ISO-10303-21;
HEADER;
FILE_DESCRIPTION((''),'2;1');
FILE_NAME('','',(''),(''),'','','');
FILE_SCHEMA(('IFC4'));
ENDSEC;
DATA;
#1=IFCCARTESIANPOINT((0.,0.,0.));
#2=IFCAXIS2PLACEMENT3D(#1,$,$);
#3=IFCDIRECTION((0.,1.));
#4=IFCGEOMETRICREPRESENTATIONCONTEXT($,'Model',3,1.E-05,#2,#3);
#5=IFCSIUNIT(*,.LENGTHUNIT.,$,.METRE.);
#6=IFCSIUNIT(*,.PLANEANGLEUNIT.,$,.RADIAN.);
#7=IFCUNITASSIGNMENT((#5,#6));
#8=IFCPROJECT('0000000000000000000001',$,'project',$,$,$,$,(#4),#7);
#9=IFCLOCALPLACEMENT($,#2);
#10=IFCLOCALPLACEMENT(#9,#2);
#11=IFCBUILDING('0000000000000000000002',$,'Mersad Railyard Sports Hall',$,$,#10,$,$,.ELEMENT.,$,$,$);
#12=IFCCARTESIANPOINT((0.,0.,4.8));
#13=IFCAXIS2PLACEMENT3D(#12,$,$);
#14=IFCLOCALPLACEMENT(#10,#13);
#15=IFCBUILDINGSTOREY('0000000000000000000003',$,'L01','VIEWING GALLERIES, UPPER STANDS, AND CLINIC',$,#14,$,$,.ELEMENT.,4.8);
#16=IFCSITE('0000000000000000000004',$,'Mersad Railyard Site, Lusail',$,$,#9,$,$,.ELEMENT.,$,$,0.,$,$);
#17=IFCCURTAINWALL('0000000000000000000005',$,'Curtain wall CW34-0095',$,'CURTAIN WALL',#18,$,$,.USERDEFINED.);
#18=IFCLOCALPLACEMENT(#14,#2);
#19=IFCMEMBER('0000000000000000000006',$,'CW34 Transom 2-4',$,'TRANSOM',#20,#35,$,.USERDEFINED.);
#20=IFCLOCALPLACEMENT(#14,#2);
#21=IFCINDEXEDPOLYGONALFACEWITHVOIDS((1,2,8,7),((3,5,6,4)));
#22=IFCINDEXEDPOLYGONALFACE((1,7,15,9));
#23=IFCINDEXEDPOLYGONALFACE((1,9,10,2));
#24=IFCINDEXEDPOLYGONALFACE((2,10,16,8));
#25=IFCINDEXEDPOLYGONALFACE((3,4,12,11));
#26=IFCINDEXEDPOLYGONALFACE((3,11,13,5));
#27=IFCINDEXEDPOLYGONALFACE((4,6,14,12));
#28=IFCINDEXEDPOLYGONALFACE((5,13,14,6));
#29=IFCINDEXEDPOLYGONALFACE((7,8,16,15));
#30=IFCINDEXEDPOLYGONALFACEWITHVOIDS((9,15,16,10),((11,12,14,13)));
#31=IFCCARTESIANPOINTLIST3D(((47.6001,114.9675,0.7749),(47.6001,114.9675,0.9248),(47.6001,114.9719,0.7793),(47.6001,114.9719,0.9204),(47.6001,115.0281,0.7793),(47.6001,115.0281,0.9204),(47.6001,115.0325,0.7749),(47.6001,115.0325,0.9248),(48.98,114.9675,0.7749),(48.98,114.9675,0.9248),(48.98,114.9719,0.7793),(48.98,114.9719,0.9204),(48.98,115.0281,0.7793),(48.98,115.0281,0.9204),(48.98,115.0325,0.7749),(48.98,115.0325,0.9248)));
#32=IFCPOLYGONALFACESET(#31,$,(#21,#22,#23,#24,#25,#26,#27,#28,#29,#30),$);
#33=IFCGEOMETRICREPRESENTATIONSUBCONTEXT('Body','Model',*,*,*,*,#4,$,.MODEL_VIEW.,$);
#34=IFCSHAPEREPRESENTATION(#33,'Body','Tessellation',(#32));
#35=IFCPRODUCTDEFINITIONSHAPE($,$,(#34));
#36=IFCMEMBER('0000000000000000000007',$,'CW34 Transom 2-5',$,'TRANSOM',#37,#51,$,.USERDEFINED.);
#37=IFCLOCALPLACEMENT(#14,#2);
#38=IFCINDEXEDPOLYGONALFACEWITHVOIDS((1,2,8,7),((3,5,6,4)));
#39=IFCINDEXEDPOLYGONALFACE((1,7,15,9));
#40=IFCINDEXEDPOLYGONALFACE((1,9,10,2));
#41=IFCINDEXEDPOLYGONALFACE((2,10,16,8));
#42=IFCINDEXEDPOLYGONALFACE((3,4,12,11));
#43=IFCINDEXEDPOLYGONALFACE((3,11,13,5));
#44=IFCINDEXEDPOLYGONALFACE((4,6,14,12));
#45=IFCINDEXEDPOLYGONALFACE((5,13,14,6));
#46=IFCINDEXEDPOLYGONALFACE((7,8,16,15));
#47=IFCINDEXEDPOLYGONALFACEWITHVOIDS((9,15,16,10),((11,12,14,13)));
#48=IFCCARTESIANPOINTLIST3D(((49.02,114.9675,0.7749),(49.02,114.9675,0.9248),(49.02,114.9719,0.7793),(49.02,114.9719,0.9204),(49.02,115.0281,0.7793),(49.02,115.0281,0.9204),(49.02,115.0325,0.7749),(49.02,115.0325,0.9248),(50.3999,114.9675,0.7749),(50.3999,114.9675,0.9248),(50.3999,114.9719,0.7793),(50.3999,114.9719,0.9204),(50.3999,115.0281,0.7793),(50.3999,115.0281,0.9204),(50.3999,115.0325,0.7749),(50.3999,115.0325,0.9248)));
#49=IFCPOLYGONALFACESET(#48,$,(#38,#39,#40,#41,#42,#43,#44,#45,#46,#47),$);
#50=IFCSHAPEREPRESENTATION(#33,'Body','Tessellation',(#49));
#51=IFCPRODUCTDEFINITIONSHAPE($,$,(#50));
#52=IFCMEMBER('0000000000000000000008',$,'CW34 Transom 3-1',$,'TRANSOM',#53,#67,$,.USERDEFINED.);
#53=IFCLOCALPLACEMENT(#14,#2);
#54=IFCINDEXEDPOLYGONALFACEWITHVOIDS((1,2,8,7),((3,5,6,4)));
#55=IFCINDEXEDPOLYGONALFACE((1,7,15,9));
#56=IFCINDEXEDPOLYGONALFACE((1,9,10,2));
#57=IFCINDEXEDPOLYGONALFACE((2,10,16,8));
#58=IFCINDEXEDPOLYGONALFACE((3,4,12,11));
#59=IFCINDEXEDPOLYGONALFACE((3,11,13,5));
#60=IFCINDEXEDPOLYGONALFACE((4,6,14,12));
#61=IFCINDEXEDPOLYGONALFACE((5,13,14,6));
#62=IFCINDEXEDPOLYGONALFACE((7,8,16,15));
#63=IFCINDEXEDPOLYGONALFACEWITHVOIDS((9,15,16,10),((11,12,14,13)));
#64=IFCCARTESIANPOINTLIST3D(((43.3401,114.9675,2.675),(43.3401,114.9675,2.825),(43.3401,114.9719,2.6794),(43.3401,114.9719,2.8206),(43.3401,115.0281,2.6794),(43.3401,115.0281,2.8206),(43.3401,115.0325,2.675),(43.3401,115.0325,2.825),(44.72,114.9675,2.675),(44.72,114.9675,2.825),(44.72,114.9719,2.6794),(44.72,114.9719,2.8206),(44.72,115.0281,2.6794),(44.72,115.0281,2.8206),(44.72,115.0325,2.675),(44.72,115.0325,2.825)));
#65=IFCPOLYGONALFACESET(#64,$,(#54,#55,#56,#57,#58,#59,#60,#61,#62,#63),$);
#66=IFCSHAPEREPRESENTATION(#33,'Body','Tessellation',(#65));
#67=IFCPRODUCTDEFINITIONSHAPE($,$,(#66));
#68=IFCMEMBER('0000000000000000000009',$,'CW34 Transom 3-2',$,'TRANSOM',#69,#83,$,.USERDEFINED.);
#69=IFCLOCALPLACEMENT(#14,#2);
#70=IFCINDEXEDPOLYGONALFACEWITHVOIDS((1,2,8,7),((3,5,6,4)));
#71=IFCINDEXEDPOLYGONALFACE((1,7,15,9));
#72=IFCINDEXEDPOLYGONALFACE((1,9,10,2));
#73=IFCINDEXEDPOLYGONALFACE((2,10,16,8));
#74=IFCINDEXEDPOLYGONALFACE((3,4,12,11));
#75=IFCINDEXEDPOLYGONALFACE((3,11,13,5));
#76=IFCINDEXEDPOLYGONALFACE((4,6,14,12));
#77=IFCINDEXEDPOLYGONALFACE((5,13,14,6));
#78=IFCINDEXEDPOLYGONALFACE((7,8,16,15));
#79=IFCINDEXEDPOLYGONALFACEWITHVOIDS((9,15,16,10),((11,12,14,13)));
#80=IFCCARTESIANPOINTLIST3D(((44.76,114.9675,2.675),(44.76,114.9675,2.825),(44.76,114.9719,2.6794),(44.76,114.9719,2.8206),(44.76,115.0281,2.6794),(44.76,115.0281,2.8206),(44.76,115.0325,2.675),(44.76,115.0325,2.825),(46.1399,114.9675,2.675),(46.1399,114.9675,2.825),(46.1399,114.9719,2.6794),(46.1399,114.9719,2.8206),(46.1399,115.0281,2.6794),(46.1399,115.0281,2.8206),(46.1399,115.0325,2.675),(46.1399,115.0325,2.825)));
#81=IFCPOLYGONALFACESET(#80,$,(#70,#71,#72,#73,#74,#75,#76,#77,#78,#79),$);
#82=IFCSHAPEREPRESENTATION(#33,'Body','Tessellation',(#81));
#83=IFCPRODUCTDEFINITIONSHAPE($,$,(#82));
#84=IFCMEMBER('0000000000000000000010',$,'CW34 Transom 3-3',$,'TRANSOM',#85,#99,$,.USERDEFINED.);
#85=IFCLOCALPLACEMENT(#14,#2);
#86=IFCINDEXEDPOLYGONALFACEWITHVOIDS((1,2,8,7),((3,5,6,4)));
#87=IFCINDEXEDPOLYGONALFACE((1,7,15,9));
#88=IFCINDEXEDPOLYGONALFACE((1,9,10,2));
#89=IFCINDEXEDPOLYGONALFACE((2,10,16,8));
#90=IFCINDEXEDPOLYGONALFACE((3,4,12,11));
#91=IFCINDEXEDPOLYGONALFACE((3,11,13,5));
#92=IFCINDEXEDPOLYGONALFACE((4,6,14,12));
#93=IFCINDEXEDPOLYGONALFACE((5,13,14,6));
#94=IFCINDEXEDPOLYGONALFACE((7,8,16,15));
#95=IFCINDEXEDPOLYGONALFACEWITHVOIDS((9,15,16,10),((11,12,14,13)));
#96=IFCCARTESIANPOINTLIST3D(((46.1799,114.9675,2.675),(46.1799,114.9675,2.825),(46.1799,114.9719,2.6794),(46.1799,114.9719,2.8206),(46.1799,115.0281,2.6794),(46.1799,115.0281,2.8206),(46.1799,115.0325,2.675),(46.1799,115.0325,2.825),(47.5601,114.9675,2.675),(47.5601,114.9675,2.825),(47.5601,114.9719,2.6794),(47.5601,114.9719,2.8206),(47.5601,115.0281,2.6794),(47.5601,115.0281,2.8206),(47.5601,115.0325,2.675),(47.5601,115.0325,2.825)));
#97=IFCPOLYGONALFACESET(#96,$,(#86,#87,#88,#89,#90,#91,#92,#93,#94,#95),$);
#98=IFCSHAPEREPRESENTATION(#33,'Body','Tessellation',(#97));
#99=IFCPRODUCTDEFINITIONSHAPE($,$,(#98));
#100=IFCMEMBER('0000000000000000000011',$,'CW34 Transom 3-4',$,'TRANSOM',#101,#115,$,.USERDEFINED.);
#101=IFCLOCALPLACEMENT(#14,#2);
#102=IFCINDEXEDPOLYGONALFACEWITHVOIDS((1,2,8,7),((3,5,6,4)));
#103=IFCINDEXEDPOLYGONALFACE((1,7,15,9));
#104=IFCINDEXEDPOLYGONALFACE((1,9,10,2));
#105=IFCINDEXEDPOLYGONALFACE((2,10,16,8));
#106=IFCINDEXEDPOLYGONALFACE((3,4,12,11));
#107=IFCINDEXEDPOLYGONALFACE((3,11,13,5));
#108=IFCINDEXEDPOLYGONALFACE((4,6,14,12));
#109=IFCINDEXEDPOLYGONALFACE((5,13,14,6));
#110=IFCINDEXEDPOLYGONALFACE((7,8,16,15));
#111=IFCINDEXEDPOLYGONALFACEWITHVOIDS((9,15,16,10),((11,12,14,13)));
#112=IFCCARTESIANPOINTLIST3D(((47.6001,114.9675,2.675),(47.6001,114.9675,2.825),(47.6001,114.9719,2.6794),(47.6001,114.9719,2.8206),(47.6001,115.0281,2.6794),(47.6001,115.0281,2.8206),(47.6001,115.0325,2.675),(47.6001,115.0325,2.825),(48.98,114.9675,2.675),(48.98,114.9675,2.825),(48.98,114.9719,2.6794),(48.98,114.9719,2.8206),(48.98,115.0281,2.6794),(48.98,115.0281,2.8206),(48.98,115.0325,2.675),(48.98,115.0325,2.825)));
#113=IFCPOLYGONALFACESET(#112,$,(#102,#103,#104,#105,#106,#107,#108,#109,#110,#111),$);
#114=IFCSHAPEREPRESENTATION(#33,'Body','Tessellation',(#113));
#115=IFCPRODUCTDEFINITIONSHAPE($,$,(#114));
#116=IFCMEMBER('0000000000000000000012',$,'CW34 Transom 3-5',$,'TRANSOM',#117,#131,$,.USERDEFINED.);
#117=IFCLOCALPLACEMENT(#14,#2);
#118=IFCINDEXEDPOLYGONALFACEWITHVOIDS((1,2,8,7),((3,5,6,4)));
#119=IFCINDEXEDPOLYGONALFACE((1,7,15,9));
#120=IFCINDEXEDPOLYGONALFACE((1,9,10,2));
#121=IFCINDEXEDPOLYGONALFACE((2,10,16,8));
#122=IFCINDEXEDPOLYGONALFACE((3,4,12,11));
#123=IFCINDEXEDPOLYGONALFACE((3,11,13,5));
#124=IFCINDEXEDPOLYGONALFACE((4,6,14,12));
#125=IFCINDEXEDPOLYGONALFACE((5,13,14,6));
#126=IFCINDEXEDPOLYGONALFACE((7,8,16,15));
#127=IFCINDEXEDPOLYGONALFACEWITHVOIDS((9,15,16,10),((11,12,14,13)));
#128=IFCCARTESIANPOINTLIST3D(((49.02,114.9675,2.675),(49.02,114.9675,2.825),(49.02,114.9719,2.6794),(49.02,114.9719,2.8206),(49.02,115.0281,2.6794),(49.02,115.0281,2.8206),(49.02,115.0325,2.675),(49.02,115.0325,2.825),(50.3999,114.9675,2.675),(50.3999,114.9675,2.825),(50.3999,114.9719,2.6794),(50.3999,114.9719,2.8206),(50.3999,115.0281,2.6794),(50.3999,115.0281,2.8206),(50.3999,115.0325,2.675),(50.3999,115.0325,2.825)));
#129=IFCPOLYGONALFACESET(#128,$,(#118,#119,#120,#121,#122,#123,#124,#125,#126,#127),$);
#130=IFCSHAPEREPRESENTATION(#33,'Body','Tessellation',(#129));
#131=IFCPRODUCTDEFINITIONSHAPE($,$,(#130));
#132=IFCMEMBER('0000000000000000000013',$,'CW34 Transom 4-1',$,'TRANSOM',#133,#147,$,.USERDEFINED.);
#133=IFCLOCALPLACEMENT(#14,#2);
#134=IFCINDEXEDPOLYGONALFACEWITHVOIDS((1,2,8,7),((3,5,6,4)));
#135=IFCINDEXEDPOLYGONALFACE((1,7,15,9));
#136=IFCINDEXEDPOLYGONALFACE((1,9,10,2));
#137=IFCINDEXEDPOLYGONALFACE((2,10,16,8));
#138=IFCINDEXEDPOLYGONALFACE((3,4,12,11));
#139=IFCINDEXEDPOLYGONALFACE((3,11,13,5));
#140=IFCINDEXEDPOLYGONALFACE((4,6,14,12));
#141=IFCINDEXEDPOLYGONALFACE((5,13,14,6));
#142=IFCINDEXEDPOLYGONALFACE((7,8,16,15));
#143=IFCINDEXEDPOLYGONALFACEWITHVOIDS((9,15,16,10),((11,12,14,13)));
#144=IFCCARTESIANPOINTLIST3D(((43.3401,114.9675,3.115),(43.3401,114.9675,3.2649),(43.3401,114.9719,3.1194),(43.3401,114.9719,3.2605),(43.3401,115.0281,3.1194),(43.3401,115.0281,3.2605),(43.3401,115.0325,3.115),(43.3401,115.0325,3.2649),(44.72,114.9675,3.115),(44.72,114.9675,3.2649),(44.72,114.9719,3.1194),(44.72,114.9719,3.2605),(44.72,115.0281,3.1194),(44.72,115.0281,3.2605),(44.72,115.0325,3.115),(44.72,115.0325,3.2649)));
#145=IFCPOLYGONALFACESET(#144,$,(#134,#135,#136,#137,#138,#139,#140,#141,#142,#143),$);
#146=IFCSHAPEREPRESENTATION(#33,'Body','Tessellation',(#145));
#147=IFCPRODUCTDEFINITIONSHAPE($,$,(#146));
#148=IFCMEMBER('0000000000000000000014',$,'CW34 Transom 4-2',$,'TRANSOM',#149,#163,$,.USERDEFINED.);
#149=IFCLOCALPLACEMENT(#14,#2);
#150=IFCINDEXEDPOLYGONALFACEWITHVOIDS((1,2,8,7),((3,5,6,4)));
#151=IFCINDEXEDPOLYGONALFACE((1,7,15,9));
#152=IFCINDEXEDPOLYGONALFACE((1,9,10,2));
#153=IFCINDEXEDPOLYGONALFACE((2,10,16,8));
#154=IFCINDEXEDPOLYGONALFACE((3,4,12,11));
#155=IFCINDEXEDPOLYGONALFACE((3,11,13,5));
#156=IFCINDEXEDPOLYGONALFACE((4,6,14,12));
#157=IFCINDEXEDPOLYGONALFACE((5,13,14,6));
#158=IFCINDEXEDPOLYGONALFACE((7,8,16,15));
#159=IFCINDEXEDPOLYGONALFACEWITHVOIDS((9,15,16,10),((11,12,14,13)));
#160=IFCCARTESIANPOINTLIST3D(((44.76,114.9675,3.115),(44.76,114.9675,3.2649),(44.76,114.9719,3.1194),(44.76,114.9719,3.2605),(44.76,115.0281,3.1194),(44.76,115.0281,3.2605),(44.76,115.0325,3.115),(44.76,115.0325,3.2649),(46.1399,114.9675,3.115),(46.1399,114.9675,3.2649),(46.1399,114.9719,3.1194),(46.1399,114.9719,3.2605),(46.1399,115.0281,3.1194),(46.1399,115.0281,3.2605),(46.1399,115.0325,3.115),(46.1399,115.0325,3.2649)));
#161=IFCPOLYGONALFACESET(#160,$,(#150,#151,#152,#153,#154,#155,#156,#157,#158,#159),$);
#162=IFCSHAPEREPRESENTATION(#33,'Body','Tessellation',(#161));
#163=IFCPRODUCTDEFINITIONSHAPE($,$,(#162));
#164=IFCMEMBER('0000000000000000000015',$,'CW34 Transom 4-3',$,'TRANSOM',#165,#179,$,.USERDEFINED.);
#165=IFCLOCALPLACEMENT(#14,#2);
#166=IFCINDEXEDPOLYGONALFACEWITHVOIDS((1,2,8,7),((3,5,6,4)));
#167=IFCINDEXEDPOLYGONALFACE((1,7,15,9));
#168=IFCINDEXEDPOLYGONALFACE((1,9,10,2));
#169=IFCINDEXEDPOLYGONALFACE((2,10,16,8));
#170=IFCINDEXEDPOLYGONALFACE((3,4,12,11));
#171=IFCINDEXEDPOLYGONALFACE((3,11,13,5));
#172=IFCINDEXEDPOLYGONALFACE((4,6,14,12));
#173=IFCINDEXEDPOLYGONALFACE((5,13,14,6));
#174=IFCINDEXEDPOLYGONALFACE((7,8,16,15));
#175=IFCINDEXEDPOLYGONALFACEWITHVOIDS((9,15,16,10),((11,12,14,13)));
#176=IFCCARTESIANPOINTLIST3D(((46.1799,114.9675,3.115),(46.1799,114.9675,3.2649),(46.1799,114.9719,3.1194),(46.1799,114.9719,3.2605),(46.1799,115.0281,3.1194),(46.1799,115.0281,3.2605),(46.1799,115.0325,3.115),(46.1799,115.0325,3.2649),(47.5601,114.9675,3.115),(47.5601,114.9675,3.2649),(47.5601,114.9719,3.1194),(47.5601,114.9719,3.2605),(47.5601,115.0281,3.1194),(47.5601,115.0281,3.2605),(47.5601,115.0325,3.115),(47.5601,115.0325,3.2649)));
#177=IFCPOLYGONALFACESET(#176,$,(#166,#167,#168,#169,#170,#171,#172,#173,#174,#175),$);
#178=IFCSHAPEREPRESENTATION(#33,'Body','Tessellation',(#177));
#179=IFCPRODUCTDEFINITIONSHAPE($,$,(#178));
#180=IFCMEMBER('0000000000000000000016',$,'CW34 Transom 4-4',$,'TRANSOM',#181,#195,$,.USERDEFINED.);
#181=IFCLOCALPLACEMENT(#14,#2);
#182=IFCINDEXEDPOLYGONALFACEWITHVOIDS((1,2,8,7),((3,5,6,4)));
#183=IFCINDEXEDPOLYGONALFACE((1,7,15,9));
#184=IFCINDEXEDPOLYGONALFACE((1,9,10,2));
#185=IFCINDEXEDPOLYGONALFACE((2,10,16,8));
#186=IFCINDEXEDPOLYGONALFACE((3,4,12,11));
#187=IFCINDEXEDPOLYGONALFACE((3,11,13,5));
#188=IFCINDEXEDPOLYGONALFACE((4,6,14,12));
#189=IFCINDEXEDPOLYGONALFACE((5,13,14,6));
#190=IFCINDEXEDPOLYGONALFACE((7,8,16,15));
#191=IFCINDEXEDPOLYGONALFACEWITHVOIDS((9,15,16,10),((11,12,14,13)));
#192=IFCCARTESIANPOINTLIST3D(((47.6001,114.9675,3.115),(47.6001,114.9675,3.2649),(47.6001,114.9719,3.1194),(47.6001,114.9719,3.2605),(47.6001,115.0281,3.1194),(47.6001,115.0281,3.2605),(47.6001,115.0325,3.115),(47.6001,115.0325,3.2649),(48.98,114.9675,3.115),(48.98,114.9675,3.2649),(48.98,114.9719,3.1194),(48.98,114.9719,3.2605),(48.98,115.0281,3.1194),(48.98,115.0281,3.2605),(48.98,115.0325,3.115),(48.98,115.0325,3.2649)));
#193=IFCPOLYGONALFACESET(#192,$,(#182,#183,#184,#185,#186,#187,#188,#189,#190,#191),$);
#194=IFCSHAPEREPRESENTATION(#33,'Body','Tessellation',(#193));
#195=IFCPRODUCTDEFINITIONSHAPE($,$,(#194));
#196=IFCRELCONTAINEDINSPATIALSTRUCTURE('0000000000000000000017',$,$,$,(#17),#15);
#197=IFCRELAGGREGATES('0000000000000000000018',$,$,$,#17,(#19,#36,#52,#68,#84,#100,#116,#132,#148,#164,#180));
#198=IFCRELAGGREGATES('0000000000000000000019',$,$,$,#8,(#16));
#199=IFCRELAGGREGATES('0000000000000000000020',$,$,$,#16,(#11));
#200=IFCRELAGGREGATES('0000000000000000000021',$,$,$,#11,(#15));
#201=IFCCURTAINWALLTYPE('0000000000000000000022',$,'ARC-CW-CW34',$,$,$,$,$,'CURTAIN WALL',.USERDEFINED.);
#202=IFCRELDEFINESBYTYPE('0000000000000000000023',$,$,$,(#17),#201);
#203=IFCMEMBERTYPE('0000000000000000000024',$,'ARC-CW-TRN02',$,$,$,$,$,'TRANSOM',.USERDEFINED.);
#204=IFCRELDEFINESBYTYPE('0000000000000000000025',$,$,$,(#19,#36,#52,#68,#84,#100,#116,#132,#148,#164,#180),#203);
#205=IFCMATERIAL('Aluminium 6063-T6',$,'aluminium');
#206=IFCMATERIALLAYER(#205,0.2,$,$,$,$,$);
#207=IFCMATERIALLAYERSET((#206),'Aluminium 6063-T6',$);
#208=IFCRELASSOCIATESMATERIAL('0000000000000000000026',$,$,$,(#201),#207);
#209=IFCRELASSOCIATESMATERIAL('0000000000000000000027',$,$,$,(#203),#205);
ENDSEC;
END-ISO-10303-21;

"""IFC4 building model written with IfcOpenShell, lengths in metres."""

from ifc_helpers import new_model, si_unit, direction, frame, origin, origin_2d, place, context, subcontext, project, spatial, hollow_rectangle, extrude, material, layer, layer_set, material_profile, profile_set, type_object, element, aggregate, save


model = new_model("IFC4")

# Units and contexts
model_context = context("Model", 3, precision=1e-05, world=origin(), true_north=direction((0.0, 1.0)))
body_context = subcontext(model_context, "Body", "Model", "MODEL_VIEW")
ifc_project = project(units=[si_unit("LENGTHUNIT", "METRE"), si_unit("PLANEANGLEUNIT", "RADIAN")], contexts=[model_context])

# Site, building, storey
site_placement = place(None, origin())
site = spatial("IfcSite", under=ifc_project, at=site_placement, Name="Mersad Railyard Site, Lusail", CompositionType="ELEMENT", RefElevation=0.0)
building_placement = place(site_placement, origin())
building = spatial("IfcBuilding", under=site, at=building_placement, Name="Mersad Railyard Sports Hall", CompositionType="ELEMENT")
storey_placement = place(building_placement, frame((0.0, 0.0, 4.8)))
storey = spatial("IfcBuildingStorey", under=building, at=storey_placement, Name="L01", Description="VIEWING GALLERIES, UPPER STANDS, AND CLINIC", CompositionType="ELEMENT", Elevation=4.8)

# Curtain wall, members
ifc_material_1 = material(Name="Aluminium 6063-T6", Category="aluminium")
ifc_layer_1 = layer(ifc_material_1, 0.2)
ifc_layer_set_1 = layer_set([ifc_layer_1], Name="Aluminium 6063-T6")
curtain_wall_type = type_object("IfcCurtainWallType", Name="ARC-CW-CW34", ElementType="CURTAIN WALL", PredefinedType="USERDEFINED", material=ifc_layer_set_1)
curtain_wall_placement = place(storey_placement, origin())
curtain_wall = element("IfcCurtainWall", 1, at=curtain_wall_placement, inside=storey, type_object=curtain_wall_type, Name="Curtain wall CW34-0095", ObjectType="CURTAIN WALL", PredefinedType="USERDEFINED")
ifc_material_profile_1 = material_profile(ifc_material_1, hollow_rectangle(XDim=0.0649, YDim=0.1499, WallThickness=0.0044, at=origin_2d()), Name="AL TRANSOM 65x150x4.5")
ifc_profile_set_1 = profile_set([ifc_material_profile_1], Name="Aluminium 6063-T6")
member_type_1 = type_object("IfcMemberType", Name="ARC-CW-TRN02", ElementType="TRANSOM", PredefinedType="USERDEFINED", material=ifc_profile_set_1)
member_1_placement = place(storey_placement, frame((47.6001, 115.0, 0.8499), z_axis=(1.0, 0.0, 0.0), x_axis=(0.0, 1.0, 0.0)))
member_1 = element("IfcMember", 2, at=member_1_placement, type_object=member_type_1, Name="CW34 Transom 2-4", ObjectType="TRANSOM", PredefinedType="USERDEFINED", context=body_context, shape_type="SweptSolid", body=[
    extrude(hollow_rectangle(XDim=0.0649, YDim=0.1499, WallThickness=0.0044, at=origin_2d()), origin(), (0.0, 0.0, 1.0), 1.3799),
])
member_2_placement = place(storey_placement, frame((49.02, 115.0, 0.8499), z_axis=(1.0, 0.0, 0.0), x_axis=(0.0, 1.0, 0.0)))
member_2 = element("IfcMember", 3, at=member_2_placement, type_object=member_type_1, Name="CW34 Transom 2-5", ObjectType="TRANSOM", PredefinedType="USERDEFINED", context=body_context, shape_type="SweptSolid", body=[
    extrude(hollow_rectangle(XDim=0.0649, YDim=0.1499, WallThickness=0.0044, at=origin_2d()), origin(), (0.0, 0.0, 1.0), 1.3799),
])
member_3_placement = place(storey_placement, frame((43.3401, 115.0, 2.75), z_axis=(1.0, 0.0, 0.0), x_axis=(0.0, 1.0, 0.0)))
member_3 = element("IfcMember", 4, at=member_3_placement, type_object=member_type_1, Name="CW34 Transom 3-1", ObjectType="TRANSOM", PredefinedType="USERDEFINED", context=body_context, shape_type="SweptSolid", body=[
    extrude(hollow_rectangle(XDim=0.0649, YDim=0.1499, WallThickness=0.0044, at=origin_2d()), origin(), (0.0, 0.0, 1.0), 1.3799),
])
member_4_placement = place(storey_placement, frame((44.76, 115.0, 2.75), z_axis=(1.0, 0.0, 0.0), x_axis=(0.0, 1.0, 0.0)))
member_4 = element("IfcMember", 5, at=member_4_placement, type_object=member_type_1, Name="CW34 Transom 3-2", ObjectType="TRANSOM", PredefinedType="USERDEFINED", context=body_context, shape_type="SweptSolid", body=[
    extrude(hollow_rectangle(XDim=0.0649, YDim=0.1499, WallThickness=0.0044, at=origin_2d()), origin(), (0.0, 0.0, 1.0), 1.3799),
])
member_5_placement = place(storey_placement, frame((46.1799, 115.0, 2.75), z_axis=(1.0, 0.0, 0.0), x_axis=(0.0, 1.0, 0.0)))
member_5 = element("IfcMember", 6, at=member_5_placement, type_object=member_type_1, Name="CW34 Transom 3-3", ObjectType="TRANSOM", PredefinedType="USERDEFINED", context=body_context, shape_type="SweptSolid", body=[
    extrude(hollow_rectangle(XDim=0.0649, YDim=0.1499, WallThickness=0.0044, at=origin_2d()), origin(), (0.0, 0.0, 1.0), 1.3801),
])
member_6_placement = place(storey_placement, frame((47.6001, 115.0, 2.75), z_axis=(1.0, 0.0, 0.0), x_axis=(0.0, 1.0, 0.0)))
member_6 = element("IfcMember", 7, at=member_6_placement, type_object=member_type_1, Name="CW34 Transom 3-4", ObjectType="TRANSOM", PredefinedType="USERDEFINED", context=body_context, shape_type="SweptSolid", body=[
    extrude(hollow_rectangle(XDim=0.0649, YDim=0.1499, WallThickness=0.0044, at=origin_2d()), origin(), (0.0, 0.0, 1.0), 1.3799),
])
member_7_placement = place(storey_placement, frame((49.02, 115.0, 2.75), z_axis=(1.0, 0.0, 0.0), x_axis=(0.0, 1.0, 0.0)))
member_7 = element("IfcMember", 8, at=member_7_placement, type_object=member_type_1, Name="CW34 Transom 3-5", ObjectType="TRANSOM", PredefinedType="USERDEFINED", context=body_context, shape_type="SweptSolid", body=[
    extrude(hollow_rectangle(XDim=0.0649, YDim=0.1499, WallThickness=0.0044, at=origin_2d()), origin(), (0.0, 0.0, 1.0), 1.3799),
])
member_8_placement = place(storey_placement, frame((43.3401, 115.0, 3.1899), z_axis=(1.0, 0.0, 0.0), x_axis=(0.0, 1.0, 0.0)))
member_8 = element("IfcMember", 9, at=member_8_placement, type_object=member_type_1, Name="CW34 Transom 4-1", ObjectType="TRANSOM", PredefinedType="USERDEFINED", context=body_context, shape_type="SweptSolid", body=[
    extrude(hollow_rectangle(XDim=0.0649, YDim=0.1499, WallThickness=0.0044, at=origin_2d()), origin(), (0.0, 0.0, 1.0), 1.3799),
])
member_9_placement = place(storey_placement, frame((44.76, 115.0, 3.1899), z_axis=(1.0, 0.0, 0.0), x_axis=(0.0, 1.0, 0.0)))
member_9 = element("IfcMember", 10, at=member_9_placement, type_object=member_type_1, Name="CW34 Transom 4-2", ObjectType="TRANSOM", PredefinedType="USERDEFINED", context=body_context, shape_type="SweptSolid", body=[
    extrude(hollow_rectangle(XDim=0.0649, YDim=0.1499, WallThickness=0.0044, at=origin_2d()), origin(), (0.0, 0.0, 1.0), 1.3799),
])
member_10_placement = place(storey_placement, frame((46.1799, 115.0, 3.1899), z_axis=(1.0, 0.0, 0.0), x_axis=(0.0, 1.0, 0.0)))
member_10 = element("IfcMember", 11, at=member_10_placement, type_object=member_type_1, Name="CW34 Transom 4-3", ObjectType="TRANSOM", PredefinedType="USERDEFINED", context=body_context, shape_type="SweptSolid", body=[
    extrude(hollow_rectangle(XDim=0.0649, YDim=0.1499, WallThickness=0.0044, at=origin_2d()), origin(), (0.0, 0.0, 1.0), 1.3801),
])
member_11_placement = place(storey_placement, frame((47.6001, 115.0, 3.1899), z_axis=(1.0, 0.0, 0.0), x_axis=(0.0, 1.0, 0.0)))
member_11 = element("IfcMember", 12, at=member_11_placement, type_object=member_type_1, Name="CW34 Transom 4-4", ObjectType="TRANSOM", PredefinedType="USERDEFINED", context=body_context, shape_type="SweptSolid", body=[
    extrude(hollow_rectangle(XDim=0.0649, YDim=0.1499, WallThickness=0.0044, at=origin_2d()), origin(), (0.0, 0.0, 1.0), 1.3799),
])
aggregate(curtain_wall, [member_1, member_2, member_3, member_4, member_5, member_6, member_7, member_8, member_9, member_10, member_11])

save(model, "model.ifc")
